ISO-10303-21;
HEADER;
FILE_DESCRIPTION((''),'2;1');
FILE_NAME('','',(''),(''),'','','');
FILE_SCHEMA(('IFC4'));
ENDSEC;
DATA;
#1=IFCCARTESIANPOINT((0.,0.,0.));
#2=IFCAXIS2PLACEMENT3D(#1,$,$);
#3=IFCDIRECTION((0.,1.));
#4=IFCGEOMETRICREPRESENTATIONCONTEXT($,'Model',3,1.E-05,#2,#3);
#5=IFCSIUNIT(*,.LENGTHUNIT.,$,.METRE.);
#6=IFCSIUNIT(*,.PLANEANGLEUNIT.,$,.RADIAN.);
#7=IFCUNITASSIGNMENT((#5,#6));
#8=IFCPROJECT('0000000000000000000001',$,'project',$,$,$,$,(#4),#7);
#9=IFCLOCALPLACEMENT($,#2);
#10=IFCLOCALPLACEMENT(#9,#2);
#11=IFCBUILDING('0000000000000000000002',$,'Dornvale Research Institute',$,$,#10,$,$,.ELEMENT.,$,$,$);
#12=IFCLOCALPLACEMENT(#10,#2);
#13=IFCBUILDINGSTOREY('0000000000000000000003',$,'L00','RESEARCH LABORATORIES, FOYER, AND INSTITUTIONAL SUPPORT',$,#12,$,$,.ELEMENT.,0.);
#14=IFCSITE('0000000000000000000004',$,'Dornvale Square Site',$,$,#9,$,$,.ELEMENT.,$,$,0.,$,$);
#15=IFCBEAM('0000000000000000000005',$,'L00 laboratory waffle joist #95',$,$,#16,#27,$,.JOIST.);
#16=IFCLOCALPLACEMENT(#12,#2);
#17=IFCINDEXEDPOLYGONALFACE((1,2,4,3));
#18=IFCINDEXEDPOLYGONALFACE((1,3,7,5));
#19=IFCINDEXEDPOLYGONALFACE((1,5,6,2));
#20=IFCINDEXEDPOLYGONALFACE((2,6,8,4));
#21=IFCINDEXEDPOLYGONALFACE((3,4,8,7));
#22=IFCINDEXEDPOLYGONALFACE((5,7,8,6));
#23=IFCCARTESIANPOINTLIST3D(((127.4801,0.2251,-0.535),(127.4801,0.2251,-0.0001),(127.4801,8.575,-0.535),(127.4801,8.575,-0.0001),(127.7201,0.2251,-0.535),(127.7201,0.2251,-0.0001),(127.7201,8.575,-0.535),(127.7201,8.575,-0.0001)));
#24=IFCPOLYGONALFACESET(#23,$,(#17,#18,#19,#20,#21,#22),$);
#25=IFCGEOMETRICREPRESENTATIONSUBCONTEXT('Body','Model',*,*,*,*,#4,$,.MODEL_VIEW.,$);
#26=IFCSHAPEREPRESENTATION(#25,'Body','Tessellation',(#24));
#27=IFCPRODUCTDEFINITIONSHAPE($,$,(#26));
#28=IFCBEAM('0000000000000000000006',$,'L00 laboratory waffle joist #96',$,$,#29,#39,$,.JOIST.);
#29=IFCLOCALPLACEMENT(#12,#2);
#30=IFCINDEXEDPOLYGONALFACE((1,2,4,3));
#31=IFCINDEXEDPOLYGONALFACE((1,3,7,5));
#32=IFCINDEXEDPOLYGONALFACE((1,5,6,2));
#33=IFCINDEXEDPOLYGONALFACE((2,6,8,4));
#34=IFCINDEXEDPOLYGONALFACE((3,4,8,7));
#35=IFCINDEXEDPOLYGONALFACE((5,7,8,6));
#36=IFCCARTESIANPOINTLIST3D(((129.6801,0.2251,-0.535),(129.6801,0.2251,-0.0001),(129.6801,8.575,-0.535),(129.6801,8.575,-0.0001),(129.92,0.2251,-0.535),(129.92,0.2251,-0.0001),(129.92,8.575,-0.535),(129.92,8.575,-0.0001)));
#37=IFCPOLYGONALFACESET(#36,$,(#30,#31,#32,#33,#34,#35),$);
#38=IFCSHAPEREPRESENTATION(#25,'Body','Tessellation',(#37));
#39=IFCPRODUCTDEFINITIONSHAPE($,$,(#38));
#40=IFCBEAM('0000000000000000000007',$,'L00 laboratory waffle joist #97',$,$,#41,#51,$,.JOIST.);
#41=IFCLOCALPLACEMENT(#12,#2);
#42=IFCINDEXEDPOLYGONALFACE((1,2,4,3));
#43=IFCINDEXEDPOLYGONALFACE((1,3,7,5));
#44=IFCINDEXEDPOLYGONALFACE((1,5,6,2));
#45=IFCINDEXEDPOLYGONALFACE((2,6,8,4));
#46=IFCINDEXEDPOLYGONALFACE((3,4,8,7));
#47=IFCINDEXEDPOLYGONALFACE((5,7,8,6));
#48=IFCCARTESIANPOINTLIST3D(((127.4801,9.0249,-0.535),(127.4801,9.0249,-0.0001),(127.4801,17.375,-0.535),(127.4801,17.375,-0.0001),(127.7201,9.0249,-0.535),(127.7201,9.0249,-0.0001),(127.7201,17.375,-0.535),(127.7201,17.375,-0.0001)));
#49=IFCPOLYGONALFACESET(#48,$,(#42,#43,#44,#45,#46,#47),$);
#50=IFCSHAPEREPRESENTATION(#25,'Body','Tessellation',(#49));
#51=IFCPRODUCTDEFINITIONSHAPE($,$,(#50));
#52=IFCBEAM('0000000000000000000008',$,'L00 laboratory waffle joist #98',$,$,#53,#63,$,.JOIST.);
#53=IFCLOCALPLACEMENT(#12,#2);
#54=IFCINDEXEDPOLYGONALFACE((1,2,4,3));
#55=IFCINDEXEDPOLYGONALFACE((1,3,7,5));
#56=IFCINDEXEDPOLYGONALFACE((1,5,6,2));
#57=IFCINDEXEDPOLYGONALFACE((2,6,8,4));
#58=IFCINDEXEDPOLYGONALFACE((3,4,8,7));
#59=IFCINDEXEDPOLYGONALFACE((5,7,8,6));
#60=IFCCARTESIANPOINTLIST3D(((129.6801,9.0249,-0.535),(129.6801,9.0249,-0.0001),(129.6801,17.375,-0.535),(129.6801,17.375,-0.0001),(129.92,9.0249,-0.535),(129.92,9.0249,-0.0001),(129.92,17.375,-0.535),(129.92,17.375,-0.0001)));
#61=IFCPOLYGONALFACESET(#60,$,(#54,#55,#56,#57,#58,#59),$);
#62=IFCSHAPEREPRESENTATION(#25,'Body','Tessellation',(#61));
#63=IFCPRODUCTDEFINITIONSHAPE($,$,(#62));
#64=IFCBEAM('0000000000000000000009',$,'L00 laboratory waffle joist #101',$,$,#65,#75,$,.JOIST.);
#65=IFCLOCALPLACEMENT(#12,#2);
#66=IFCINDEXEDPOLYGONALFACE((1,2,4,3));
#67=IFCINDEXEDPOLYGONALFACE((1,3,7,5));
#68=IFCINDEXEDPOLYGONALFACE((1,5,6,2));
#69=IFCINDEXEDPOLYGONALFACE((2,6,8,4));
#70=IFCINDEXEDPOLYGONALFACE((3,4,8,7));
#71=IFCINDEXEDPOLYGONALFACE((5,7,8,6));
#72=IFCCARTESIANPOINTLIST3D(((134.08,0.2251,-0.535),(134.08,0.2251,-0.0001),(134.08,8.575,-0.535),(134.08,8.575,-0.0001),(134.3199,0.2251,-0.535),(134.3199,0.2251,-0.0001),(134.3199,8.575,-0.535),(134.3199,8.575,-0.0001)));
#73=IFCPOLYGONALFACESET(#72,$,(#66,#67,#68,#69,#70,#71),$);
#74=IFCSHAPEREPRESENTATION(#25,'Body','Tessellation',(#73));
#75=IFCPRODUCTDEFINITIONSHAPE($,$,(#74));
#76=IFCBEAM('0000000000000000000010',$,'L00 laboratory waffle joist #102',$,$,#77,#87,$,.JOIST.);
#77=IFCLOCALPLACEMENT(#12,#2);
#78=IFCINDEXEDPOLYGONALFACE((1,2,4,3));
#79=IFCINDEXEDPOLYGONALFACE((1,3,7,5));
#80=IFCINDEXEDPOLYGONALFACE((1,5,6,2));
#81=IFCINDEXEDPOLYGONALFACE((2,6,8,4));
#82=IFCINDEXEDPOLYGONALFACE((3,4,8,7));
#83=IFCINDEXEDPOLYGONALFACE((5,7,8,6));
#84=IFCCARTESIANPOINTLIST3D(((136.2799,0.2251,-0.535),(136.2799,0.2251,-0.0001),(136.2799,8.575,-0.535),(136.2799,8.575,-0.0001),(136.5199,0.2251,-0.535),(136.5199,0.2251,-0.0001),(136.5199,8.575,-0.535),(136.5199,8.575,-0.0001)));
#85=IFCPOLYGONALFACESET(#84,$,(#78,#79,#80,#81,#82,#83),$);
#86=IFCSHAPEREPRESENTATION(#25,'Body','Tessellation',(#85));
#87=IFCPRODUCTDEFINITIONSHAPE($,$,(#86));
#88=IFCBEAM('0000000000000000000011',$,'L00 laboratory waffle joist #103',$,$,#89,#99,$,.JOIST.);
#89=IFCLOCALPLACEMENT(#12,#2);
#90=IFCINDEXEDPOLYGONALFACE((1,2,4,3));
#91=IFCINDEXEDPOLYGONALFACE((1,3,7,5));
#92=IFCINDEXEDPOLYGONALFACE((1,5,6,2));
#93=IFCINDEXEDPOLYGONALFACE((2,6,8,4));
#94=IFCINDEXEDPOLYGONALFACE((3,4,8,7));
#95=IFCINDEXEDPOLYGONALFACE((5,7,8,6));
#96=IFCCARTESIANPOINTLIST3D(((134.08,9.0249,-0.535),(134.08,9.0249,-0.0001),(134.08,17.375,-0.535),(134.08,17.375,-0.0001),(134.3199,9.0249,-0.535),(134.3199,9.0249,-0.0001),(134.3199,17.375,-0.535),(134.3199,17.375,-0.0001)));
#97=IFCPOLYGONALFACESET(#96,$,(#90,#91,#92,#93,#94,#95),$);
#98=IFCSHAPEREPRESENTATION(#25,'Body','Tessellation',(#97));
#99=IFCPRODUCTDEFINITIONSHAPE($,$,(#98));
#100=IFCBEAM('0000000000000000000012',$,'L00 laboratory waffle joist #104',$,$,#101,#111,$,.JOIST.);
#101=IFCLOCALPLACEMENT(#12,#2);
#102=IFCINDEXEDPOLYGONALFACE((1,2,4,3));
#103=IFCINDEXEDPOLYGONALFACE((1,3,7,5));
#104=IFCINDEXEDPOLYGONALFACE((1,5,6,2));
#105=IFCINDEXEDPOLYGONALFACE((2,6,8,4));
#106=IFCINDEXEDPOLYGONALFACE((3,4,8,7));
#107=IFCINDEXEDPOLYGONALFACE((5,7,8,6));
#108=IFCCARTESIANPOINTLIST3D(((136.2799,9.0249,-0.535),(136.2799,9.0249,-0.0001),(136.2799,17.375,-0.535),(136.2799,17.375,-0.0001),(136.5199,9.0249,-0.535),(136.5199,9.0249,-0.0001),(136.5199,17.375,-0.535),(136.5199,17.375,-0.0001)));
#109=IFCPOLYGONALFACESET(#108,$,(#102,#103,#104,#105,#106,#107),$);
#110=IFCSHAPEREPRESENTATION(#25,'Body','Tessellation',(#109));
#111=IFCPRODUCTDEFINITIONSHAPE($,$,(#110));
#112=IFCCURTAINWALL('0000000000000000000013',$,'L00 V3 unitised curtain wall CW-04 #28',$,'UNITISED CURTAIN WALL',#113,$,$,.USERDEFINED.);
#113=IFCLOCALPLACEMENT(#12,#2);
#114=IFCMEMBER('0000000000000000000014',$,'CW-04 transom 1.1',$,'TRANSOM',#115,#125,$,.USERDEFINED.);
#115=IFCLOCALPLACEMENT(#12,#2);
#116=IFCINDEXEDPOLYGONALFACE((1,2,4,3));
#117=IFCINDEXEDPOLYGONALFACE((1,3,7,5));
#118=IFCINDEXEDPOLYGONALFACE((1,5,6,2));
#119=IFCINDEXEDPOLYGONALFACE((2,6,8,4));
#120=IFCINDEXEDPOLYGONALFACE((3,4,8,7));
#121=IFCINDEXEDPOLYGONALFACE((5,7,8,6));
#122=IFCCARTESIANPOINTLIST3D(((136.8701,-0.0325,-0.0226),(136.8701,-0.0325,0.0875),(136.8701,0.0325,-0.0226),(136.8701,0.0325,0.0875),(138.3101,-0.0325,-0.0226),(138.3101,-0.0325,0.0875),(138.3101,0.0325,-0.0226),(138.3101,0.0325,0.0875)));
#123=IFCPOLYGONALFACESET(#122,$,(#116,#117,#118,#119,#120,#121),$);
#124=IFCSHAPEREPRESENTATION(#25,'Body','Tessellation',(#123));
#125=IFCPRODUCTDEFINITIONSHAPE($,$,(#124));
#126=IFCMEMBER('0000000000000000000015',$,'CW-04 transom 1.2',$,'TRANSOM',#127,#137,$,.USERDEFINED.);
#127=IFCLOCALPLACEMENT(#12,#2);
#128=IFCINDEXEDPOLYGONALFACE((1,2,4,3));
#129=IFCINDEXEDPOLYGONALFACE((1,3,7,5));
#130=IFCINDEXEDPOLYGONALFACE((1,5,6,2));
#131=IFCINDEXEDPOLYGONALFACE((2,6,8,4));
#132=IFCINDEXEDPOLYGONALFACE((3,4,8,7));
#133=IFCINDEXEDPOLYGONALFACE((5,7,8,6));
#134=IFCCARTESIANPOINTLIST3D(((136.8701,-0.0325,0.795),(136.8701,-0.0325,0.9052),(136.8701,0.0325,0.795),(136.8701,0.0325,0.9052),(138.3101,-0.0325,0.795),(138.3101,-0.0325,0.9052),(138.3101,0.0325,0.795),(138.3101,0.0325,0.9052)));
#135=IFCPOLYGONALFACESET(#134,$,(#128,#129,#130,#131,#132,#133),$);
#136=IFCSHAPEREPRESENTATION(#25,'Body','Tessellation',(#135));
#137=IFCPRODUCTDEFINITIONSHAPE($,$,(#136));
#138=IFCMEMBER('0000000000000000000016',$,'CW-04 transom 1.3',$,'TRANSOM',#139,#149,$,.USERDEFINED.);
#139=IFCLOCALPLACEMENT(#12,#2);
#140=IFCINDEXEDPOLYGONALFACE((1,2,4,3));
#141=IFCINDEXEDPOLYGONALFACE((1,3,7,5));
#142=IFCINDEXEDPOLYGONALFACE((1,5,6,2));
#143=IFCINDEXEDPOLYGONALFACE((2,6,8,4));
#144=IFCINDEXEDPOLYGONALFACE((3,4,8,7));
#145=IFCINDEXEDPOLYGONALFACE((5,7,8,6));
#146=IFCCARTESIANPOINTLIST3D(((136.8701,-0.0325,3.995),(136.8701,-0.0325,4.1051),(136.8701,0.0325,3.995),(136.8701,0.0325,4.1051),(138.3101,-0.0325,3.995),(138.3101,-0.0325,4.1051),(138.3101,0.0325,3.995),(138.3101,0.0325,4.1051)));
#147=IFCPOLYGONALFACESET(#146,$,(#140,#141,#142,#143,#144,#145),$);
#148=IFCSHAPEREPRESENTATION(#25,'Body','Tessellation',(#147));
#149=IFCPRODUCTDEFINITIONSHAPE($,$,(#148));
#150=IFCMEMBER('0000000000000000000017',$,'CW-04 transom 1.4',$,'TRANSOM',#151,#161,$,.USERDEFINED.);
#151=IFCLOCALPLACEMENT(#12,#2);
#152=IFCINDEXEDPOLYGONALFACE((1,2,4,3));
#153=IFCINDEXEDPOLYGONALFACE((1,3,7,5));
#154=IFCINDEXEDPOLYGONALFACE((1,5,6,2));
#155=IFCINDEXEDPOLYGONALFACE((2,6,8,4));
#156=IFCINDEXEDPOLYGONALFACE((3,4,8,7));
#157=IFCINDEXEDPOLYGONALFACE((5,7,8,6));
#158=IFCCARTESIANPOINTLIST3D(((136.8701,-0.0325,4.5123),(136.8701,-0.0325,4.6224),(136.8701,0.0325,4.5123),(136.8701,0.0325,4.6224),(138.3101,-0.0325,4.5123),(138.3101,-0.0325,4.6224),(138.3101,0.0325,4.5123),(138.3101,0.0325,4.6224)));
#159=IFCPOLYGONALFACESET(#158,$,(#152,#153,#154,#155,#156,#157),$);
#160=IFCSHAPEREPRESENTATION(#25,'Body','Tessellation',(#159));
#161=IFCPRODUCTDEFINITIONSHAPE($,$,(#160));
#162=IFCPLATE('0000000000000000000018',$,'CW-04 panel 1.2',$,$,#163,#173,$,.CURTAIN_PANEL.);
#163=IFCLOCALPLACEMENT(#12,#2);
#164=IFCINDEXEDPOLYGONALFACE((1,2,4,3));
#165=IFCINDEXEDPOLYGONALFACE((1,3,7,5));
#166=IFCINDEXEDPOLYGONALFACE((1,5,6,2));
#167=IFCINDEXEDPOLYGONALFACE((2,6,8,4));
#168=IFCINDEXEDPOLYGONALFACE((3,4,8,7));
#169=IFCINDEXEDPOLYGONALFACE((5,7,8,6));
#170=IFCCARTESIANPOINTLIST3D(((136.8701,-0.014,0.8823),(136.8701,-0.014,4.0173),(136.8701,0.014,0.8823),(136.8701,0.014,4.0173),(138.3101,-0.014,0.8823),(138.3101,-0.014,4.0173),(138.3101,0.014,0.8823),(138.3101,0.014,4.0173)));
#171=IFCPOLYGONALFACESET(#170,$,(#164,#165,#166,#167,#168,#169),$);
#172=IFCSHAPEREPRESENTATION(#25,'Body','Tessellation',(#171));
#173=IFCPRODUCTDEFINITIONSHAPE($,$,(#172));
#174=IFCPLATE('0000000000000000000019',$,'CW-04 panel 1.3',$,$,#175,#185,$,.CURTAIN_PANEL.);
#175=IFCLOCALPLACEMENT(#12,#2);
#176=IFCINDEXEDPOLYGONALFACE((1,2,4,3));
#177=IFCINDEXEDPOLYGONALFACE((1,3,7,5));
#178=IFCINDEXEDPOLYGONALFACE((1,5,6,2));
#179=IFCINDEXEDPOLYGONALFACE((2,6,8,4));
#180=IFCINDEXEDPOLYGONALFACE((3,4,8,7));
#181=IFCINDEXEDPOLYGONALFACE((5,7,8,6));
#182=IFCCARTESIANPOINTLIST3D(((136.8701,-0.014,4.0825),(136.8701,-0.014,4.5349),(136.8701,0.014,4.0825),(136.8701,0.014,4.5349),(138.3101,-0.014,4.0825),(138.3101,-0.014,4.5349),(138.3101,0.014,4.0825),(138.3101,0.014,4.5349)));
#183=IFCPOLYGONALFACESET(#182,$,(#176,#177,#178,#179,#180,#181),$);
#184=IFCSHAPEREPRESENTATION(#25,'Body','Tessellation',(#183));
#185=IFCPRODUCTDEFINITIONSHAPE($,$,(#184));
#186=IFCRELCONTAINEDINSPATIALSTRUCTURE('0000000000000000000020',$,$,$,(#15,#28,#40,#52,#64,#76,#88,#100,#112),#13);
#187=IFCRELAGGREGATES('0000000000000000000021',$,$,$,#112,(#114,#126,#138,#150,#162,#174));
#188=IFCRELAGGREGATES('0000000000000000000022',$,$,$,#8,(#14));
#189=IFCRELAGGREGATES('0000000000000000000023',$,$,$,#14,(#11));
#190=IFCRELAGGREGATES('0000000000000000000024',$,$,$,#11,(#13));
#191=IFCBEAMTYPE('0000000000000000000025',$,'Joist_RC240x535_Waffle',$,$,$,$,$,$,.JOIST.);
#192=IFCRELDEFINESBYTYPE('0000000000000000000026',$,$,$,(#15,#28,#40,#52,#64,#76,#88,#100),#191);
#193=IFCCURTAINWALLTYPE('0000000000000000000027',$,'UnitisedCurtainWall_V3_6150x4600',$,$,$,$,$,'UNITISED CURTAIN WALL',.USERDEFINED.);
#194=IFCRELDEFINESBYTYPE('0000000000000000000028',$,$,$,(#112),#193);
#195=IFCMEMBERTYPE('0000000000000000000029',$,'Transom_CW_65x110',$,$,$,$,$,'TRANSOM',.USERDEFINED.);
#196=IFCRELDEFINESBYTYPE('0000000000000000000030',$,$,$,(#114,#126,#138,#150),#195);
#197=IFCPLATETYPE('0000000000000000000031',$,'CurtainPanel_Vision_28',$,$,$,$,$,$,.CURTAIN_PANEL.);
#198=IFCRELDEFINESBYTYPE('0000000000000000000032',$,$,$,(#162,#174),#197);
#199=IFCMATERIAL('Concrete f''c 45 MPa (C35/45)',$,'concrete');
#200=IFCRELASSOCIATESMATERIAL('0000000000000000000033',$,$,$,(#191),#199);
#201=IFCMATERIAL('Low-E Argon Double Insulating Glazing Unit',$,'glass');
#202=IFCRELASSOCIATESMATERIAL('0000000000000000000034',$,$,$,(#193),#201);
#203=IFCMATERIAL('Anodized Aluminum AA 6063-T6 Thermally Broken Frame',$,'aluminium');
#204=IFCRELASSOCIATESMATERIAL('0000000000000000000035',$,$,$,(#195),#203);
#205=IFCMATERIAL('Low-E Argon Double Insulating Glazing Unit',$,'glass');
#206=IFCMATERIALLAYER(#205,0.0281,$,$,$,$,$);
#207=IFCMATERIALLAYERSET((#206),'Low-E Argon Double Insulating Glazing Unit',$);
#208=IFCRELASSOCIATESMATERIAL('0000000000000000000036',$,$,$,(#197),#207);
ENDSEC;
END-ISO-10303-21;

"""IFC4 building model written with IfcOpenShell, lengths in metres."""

from ifc_helpers import new_model, si_unit, direction, frame, origin, origin_2d, place, context, subcontext, project, spatial, rectangle, extrude, material, layer, layer_set, material_profile, profile_set, type_object, element, aggregate, save


model = new_model("IFC4")

# Units and contexts
model_context = context("Model", 3, precision=1e-05, world=origin(), true_north=direction((0.0, 1.0)))
body_context = subcontext(model_context, "Body", "Model", "MODEL_VIEW")
ifc_project = project(units=[si_unit("LENGTHUNIT", "METRE"), si_unit("PLANEANGLEUNIT", "RADIAN")], contexts=[model_context])

# Site, building, storey
site_placement = place(None, origin())
site = spatial("IfcSite", under=ifc_project, at=site_placement, Name="Dornvale Square Site", CompositionType="ELEMENT", RefElevation=0.0)
building_placement = place(site_placement, origin())
building = spatial("IfcBuilding", under=site, at=building_placement, Name="Dornvale Research Institute", CompositionType="ELEMENT")
storey_placement = place(building_placement, origin())
storey = spatial("IfcBuildingStorey", under=building, at=storey_placement, Name="L00", Description="RESEARCH LABORATORIES, FOYER, AND INSTITUTIONAL SUPPORT", CompositionType="ELEMENT", Elevation=0.0)

# Beams
ifc_material_1 = material(Name="Concrete f'c 45 MPa (C35/45)", Category="concrete")
ifc_material_profile_1 = material_profile(ifc_material_1, rectangle(XDim=0.24, YDim=0.5349, at=origin_2d()), Name="RC 240x535")
ifc_profile_set_1 = profile_set([ifc_material_profile_1], Name="Concrete f'c 45 MPa (C35/45)")
beam_type_1 = type_object("IfcBeamType", Name="Joist_RC240x535_Waffle", PredefinedType="JOIST", material=ifc_profile_set_1)
for number, where, z_axis, x_axis, name in (
    (1, (127.6001, 0.2251, -0.2676), (0.0, 1.0, 0.0), (-1.0, 0.0, 0.0), "L00 laboratory waffle joist #95"),
    (2, (129.8, 0.2251, -0.2676), (0.0, 1.0, 0.0), (-1.0, 0.0, 0.0), "L00 laboratory waffle joist #96"),
):
    element("IfcBeam", number, at=place(storey_placement, frame(where, z_axis=z_axis, x_axis=x_axis)), inside=storey, type_object=beam_type_1, Name=name, PredefinedType="JOIST", context=body_context, shape_type="SweptSolid", body=[
        extrude(rectangle(XDim=0.24, YDim=0.5349, at=origin_2d()), origin(), (0.0, 0.0, 1.0), 8.3499),
    ])
for number, where, z_axis, x_axis, name in (
    (3, (127.6001, 9.0249, -0.2676), (0.0, 1.0, 0.0), (-1.0, 0.0, 0.0), "L00 laboratory waffle joist #97"),
    (4, (129.8, 9.0249, -0.2676), (0.0, 1.0, 0.0), (-1.0, 0.0, 0.0), "L00 laboratory waffle joist #98"),
):
    element("IfcBeam", number, at=place(storey_placement, frame(where, z_axis=z_axis, x_axis=x_axis)), inside=storey, type_object=beam_type_1, Name=name, PredefinedType="JOIST", context=body_context, shape_type="SweptSolid", body=[
        extrude(rectangle(XDim=0.24, YDim=0.5349, at=origin_2d()), origin(), (0.0, 0.0, 1.0), 8.3501),
    ])
for number, where, z_axis, x_axis, name in (
    (5, (134.2, 0.2251, -0.2676), (0.0, 1.0, 0.0), (-1.0, 0.0, 0.0), "L00 laboratory waffle joist #101"),
    (6, (136.3999, 0.2251, -0.2676), (0.0, 1.0, 0.0), (-1.0, 0.0, 0.0), "L00 laboratory waffle joist #102"),
):
    element("IfcBeam", number, at=place(storey_placement, frame(where, z_axis=z_axis, x_axis=x_axis)), inside=storey, type_object=beam_type_1, Name=name, PredefinedType="JOIST", context=body_context, shape_type="SweptSolid", body=[
        extrude(rectangle(XDim=0.24, YDim=0.5349, at=origin_2d()), origin(), (0.0, 0.0, 1.0), 8.3499),
    ])
for number, where, z_axis, x_axis, name in (
    (7, (134.2, 9.0249, -0.2676), (0.0, 1.0, 0.0), (-1.0, 0.0, 0.0), "L00 laboratory waffle joist #103"),
    (8, (136.3999, 9.0249, -0.2676), (0.0, 1.0, 0.0), (-1.0, 0.0, 0.0), "L00 laboratory waffle joist #104"),
):
    element("IfcBeam", number, at=place(storey_placement, frame(where, z_axis=z_axis, x_axis=x_axis)), inside=storey, type_object=beam_type_1, Name=name, PredefinedType="JOIST", context=body_context, shape_type="SweptSolid", body=[
        extrude(rectangle(XDim=0.24, YDim=0.5349, at=origin_2d()), origin(), (0.0, 0.0, 1.0), 8.3501),
    ])

# Curtain wall, members, plates
ifc_material_2 = material(Name="Low-E Argon Double Insulating Glazing Unit", Category="glass")
curtain_wall_type = type_object("IfcCurtainWallType", Name="UnitisedCurtainWall_V3_6150x4600", ElementType="UNITISED CURTAIN WALL", PredefinedType="USERDEFINED", material=ifc_material_2)
curtain_wall_placement = place(storey_placement, origin())
curtain_wall = element("IfcCurtainWall", 9, at=curtain_wall_placement, inside=storey, type_object=curtain_wall_type, Name="L00 V3 unitised curtain wall CW-04 #28", ObjectType="UNITISED CURTAIN WALL", PredefinedType="USERDEFINED")
ifc_material_3 = material(Name="Anodized Aluminum AA 6063-T6 Thermally Broken Frame", Category="aluminium")
ifc_material_profile_2 = material_profile(ifc_material_3, rectangle(XDim=0.0649, YDim=0.1101, at=origin_2d()), Name="ALU TRANSOM 65x110")
ifc_profile_set_2 = profile_set([ifc_material_profile_2], Name="Anodized Aluminum AA 6063-T6 Thermally Broken Frame")
member_type = type_object("IfcMemberType", Name="Transom_CW_65x110", ElementType="TRANSOM", PredefinedType="USERDEFINED", material=ifc_profile_set_2)
member_1_placement = place(storey_placement, frame((138.3101, 0.0, 0.0325), z_axis=(-1.0, 0.0, 0.0), x_axis=(0.0, -1.0, 0.0)))
member_1 = element("IfcMember", 10, at=member_1_placement, type_object=member_type, Name="CW-04 transom 1.1", ObjectType="TRANSOM", PredefinedType="USERDEFINED", context=body_context, shape_type="SweptSolid", body=[
    extrude(rectangle(XDim=0.0649, YDim=0.1101, at=origin_2d()), origin(), (0.0, 0.0, 1.0), 1.4399),
])
member_2_placement = place(storey_placement, frame((138.3101, 0.0, 0.8501), z_axis=(-1.0, 0.0, 0.0), x_axis=(0.0, -1.0, 0.0)))
member_2 = element("IfcMember", 11, at=member_2_placement, type_object=member_type, Name="CW-04 transom 1.2", ObjectType="TRANSOM", PredefinedType="USERDEFINED", context=body_context, shape_type="SweptSolid", body=[
    extrude(rectangle(XDim=0.0649, YDim=0.1101, at=origin_2d()), origin(), (0.0, 0.0, 1.0), 1.4399),
])
member_3_placement = place(storey_placement, frame((138.3101, 0.0, 4.05), z_axis=(-1.0, 0.0, 0.0), x_axis=(0.0, -1.0, 0.0)))
member_3 = element("IfcMember", 12, at=member_3_placement, type_object=member_type, Name="CW-04 transom 1.3", ObjectType="TRANSOM", PredefinedType="USERDEFINED", context=body_context, shape_type="SweptSolid", body=[
    extrude(rectangle(XDim=0.0649, YDim=0.1101, at=origin_2d()), origin(), (0.0, 0.0, 1.0), 1.4399),
])
member_4_placement = place(storey_placement, frame((138.3101, 0.0, 4.5674), z_axis=(-1.0, 0.0, 0.0), x_axis=(0.0, -1.0, 0.0)))
member_4 = element("IfcMember", 13, at=member_4_placement, type_object=member_type, Name="CW-04 transom 1.4", ObjectType="TRANSOM", PredefinedType="USERDEFINED", context=body_context, shape_type="SweptSolid", body=[
    extrude(rectangle(XDim=0.0649, YDim=0.1101, at=origin_2d()), origin(), (0.0, 0.0, 1.0), 1.4399),
])
ifc_material_4 = material(Name="Low-E Argon Double Insulating Glazing Unit", Category="glass")
ifc_layer_1 = layer(ifc_material_4, 0.0281)
ifc_layer_set_1 = layer_set([ifc_layer_1], Name="Low-E Argon Double Insulating Glazing Unit")
plate_type = type_object("IfcPlateType", Name="CurtainPanel_Vision_28", PredefinedType="CURTAIN_PANEL", material=ifc_layer_set_1)
plate_1_placement = place(storey_placement, frame((137.5901, 0.0, 0.8823), z_axis=(0.0, 0.0, 1.0), x_axis=(-1.0, 0.0, 0.0)))
plate_1 = element("IfcPlate", 14, at=plate_1_placement, type_object=plate_type, Name="CW-04 panel 1.2", PredefinedType="CURTAIN_PANEL", context=body_context, shape_type="SweptSolid", body=[
    extrude(rectangle(XDim=1.4399, YDim=0.0281, at=origin_2d()), origin(), (0.0, 0.0, 1.0), 3.135),
])
plate_2_placement = place(storey_placement, frame((137.5901, 0.0, 4.0825), z_axis=(0.0, 0.0, 1.0), x_axis=(-1.0, 0.0, 0.0)))
plate_2 = element("IfcPlate", 15, at=plate_2_placement, type_object=plate_type, Name="CW-04 panel 1.3", PredefinedType="CURTAIN_PANEL", context=body_context, shape_type="SweptSolid", body=[
    extrude(rectangle(XDim=1.4399, YDim=0.0281, at=origin_2d()), origin(), (0.0, 0.0, 1.0), 0.4524),
])
aggregate(curtain_wall, [member_1, member_2, member_3, member_4, plate_1, plate_2])

save(model, "model.ifc")
